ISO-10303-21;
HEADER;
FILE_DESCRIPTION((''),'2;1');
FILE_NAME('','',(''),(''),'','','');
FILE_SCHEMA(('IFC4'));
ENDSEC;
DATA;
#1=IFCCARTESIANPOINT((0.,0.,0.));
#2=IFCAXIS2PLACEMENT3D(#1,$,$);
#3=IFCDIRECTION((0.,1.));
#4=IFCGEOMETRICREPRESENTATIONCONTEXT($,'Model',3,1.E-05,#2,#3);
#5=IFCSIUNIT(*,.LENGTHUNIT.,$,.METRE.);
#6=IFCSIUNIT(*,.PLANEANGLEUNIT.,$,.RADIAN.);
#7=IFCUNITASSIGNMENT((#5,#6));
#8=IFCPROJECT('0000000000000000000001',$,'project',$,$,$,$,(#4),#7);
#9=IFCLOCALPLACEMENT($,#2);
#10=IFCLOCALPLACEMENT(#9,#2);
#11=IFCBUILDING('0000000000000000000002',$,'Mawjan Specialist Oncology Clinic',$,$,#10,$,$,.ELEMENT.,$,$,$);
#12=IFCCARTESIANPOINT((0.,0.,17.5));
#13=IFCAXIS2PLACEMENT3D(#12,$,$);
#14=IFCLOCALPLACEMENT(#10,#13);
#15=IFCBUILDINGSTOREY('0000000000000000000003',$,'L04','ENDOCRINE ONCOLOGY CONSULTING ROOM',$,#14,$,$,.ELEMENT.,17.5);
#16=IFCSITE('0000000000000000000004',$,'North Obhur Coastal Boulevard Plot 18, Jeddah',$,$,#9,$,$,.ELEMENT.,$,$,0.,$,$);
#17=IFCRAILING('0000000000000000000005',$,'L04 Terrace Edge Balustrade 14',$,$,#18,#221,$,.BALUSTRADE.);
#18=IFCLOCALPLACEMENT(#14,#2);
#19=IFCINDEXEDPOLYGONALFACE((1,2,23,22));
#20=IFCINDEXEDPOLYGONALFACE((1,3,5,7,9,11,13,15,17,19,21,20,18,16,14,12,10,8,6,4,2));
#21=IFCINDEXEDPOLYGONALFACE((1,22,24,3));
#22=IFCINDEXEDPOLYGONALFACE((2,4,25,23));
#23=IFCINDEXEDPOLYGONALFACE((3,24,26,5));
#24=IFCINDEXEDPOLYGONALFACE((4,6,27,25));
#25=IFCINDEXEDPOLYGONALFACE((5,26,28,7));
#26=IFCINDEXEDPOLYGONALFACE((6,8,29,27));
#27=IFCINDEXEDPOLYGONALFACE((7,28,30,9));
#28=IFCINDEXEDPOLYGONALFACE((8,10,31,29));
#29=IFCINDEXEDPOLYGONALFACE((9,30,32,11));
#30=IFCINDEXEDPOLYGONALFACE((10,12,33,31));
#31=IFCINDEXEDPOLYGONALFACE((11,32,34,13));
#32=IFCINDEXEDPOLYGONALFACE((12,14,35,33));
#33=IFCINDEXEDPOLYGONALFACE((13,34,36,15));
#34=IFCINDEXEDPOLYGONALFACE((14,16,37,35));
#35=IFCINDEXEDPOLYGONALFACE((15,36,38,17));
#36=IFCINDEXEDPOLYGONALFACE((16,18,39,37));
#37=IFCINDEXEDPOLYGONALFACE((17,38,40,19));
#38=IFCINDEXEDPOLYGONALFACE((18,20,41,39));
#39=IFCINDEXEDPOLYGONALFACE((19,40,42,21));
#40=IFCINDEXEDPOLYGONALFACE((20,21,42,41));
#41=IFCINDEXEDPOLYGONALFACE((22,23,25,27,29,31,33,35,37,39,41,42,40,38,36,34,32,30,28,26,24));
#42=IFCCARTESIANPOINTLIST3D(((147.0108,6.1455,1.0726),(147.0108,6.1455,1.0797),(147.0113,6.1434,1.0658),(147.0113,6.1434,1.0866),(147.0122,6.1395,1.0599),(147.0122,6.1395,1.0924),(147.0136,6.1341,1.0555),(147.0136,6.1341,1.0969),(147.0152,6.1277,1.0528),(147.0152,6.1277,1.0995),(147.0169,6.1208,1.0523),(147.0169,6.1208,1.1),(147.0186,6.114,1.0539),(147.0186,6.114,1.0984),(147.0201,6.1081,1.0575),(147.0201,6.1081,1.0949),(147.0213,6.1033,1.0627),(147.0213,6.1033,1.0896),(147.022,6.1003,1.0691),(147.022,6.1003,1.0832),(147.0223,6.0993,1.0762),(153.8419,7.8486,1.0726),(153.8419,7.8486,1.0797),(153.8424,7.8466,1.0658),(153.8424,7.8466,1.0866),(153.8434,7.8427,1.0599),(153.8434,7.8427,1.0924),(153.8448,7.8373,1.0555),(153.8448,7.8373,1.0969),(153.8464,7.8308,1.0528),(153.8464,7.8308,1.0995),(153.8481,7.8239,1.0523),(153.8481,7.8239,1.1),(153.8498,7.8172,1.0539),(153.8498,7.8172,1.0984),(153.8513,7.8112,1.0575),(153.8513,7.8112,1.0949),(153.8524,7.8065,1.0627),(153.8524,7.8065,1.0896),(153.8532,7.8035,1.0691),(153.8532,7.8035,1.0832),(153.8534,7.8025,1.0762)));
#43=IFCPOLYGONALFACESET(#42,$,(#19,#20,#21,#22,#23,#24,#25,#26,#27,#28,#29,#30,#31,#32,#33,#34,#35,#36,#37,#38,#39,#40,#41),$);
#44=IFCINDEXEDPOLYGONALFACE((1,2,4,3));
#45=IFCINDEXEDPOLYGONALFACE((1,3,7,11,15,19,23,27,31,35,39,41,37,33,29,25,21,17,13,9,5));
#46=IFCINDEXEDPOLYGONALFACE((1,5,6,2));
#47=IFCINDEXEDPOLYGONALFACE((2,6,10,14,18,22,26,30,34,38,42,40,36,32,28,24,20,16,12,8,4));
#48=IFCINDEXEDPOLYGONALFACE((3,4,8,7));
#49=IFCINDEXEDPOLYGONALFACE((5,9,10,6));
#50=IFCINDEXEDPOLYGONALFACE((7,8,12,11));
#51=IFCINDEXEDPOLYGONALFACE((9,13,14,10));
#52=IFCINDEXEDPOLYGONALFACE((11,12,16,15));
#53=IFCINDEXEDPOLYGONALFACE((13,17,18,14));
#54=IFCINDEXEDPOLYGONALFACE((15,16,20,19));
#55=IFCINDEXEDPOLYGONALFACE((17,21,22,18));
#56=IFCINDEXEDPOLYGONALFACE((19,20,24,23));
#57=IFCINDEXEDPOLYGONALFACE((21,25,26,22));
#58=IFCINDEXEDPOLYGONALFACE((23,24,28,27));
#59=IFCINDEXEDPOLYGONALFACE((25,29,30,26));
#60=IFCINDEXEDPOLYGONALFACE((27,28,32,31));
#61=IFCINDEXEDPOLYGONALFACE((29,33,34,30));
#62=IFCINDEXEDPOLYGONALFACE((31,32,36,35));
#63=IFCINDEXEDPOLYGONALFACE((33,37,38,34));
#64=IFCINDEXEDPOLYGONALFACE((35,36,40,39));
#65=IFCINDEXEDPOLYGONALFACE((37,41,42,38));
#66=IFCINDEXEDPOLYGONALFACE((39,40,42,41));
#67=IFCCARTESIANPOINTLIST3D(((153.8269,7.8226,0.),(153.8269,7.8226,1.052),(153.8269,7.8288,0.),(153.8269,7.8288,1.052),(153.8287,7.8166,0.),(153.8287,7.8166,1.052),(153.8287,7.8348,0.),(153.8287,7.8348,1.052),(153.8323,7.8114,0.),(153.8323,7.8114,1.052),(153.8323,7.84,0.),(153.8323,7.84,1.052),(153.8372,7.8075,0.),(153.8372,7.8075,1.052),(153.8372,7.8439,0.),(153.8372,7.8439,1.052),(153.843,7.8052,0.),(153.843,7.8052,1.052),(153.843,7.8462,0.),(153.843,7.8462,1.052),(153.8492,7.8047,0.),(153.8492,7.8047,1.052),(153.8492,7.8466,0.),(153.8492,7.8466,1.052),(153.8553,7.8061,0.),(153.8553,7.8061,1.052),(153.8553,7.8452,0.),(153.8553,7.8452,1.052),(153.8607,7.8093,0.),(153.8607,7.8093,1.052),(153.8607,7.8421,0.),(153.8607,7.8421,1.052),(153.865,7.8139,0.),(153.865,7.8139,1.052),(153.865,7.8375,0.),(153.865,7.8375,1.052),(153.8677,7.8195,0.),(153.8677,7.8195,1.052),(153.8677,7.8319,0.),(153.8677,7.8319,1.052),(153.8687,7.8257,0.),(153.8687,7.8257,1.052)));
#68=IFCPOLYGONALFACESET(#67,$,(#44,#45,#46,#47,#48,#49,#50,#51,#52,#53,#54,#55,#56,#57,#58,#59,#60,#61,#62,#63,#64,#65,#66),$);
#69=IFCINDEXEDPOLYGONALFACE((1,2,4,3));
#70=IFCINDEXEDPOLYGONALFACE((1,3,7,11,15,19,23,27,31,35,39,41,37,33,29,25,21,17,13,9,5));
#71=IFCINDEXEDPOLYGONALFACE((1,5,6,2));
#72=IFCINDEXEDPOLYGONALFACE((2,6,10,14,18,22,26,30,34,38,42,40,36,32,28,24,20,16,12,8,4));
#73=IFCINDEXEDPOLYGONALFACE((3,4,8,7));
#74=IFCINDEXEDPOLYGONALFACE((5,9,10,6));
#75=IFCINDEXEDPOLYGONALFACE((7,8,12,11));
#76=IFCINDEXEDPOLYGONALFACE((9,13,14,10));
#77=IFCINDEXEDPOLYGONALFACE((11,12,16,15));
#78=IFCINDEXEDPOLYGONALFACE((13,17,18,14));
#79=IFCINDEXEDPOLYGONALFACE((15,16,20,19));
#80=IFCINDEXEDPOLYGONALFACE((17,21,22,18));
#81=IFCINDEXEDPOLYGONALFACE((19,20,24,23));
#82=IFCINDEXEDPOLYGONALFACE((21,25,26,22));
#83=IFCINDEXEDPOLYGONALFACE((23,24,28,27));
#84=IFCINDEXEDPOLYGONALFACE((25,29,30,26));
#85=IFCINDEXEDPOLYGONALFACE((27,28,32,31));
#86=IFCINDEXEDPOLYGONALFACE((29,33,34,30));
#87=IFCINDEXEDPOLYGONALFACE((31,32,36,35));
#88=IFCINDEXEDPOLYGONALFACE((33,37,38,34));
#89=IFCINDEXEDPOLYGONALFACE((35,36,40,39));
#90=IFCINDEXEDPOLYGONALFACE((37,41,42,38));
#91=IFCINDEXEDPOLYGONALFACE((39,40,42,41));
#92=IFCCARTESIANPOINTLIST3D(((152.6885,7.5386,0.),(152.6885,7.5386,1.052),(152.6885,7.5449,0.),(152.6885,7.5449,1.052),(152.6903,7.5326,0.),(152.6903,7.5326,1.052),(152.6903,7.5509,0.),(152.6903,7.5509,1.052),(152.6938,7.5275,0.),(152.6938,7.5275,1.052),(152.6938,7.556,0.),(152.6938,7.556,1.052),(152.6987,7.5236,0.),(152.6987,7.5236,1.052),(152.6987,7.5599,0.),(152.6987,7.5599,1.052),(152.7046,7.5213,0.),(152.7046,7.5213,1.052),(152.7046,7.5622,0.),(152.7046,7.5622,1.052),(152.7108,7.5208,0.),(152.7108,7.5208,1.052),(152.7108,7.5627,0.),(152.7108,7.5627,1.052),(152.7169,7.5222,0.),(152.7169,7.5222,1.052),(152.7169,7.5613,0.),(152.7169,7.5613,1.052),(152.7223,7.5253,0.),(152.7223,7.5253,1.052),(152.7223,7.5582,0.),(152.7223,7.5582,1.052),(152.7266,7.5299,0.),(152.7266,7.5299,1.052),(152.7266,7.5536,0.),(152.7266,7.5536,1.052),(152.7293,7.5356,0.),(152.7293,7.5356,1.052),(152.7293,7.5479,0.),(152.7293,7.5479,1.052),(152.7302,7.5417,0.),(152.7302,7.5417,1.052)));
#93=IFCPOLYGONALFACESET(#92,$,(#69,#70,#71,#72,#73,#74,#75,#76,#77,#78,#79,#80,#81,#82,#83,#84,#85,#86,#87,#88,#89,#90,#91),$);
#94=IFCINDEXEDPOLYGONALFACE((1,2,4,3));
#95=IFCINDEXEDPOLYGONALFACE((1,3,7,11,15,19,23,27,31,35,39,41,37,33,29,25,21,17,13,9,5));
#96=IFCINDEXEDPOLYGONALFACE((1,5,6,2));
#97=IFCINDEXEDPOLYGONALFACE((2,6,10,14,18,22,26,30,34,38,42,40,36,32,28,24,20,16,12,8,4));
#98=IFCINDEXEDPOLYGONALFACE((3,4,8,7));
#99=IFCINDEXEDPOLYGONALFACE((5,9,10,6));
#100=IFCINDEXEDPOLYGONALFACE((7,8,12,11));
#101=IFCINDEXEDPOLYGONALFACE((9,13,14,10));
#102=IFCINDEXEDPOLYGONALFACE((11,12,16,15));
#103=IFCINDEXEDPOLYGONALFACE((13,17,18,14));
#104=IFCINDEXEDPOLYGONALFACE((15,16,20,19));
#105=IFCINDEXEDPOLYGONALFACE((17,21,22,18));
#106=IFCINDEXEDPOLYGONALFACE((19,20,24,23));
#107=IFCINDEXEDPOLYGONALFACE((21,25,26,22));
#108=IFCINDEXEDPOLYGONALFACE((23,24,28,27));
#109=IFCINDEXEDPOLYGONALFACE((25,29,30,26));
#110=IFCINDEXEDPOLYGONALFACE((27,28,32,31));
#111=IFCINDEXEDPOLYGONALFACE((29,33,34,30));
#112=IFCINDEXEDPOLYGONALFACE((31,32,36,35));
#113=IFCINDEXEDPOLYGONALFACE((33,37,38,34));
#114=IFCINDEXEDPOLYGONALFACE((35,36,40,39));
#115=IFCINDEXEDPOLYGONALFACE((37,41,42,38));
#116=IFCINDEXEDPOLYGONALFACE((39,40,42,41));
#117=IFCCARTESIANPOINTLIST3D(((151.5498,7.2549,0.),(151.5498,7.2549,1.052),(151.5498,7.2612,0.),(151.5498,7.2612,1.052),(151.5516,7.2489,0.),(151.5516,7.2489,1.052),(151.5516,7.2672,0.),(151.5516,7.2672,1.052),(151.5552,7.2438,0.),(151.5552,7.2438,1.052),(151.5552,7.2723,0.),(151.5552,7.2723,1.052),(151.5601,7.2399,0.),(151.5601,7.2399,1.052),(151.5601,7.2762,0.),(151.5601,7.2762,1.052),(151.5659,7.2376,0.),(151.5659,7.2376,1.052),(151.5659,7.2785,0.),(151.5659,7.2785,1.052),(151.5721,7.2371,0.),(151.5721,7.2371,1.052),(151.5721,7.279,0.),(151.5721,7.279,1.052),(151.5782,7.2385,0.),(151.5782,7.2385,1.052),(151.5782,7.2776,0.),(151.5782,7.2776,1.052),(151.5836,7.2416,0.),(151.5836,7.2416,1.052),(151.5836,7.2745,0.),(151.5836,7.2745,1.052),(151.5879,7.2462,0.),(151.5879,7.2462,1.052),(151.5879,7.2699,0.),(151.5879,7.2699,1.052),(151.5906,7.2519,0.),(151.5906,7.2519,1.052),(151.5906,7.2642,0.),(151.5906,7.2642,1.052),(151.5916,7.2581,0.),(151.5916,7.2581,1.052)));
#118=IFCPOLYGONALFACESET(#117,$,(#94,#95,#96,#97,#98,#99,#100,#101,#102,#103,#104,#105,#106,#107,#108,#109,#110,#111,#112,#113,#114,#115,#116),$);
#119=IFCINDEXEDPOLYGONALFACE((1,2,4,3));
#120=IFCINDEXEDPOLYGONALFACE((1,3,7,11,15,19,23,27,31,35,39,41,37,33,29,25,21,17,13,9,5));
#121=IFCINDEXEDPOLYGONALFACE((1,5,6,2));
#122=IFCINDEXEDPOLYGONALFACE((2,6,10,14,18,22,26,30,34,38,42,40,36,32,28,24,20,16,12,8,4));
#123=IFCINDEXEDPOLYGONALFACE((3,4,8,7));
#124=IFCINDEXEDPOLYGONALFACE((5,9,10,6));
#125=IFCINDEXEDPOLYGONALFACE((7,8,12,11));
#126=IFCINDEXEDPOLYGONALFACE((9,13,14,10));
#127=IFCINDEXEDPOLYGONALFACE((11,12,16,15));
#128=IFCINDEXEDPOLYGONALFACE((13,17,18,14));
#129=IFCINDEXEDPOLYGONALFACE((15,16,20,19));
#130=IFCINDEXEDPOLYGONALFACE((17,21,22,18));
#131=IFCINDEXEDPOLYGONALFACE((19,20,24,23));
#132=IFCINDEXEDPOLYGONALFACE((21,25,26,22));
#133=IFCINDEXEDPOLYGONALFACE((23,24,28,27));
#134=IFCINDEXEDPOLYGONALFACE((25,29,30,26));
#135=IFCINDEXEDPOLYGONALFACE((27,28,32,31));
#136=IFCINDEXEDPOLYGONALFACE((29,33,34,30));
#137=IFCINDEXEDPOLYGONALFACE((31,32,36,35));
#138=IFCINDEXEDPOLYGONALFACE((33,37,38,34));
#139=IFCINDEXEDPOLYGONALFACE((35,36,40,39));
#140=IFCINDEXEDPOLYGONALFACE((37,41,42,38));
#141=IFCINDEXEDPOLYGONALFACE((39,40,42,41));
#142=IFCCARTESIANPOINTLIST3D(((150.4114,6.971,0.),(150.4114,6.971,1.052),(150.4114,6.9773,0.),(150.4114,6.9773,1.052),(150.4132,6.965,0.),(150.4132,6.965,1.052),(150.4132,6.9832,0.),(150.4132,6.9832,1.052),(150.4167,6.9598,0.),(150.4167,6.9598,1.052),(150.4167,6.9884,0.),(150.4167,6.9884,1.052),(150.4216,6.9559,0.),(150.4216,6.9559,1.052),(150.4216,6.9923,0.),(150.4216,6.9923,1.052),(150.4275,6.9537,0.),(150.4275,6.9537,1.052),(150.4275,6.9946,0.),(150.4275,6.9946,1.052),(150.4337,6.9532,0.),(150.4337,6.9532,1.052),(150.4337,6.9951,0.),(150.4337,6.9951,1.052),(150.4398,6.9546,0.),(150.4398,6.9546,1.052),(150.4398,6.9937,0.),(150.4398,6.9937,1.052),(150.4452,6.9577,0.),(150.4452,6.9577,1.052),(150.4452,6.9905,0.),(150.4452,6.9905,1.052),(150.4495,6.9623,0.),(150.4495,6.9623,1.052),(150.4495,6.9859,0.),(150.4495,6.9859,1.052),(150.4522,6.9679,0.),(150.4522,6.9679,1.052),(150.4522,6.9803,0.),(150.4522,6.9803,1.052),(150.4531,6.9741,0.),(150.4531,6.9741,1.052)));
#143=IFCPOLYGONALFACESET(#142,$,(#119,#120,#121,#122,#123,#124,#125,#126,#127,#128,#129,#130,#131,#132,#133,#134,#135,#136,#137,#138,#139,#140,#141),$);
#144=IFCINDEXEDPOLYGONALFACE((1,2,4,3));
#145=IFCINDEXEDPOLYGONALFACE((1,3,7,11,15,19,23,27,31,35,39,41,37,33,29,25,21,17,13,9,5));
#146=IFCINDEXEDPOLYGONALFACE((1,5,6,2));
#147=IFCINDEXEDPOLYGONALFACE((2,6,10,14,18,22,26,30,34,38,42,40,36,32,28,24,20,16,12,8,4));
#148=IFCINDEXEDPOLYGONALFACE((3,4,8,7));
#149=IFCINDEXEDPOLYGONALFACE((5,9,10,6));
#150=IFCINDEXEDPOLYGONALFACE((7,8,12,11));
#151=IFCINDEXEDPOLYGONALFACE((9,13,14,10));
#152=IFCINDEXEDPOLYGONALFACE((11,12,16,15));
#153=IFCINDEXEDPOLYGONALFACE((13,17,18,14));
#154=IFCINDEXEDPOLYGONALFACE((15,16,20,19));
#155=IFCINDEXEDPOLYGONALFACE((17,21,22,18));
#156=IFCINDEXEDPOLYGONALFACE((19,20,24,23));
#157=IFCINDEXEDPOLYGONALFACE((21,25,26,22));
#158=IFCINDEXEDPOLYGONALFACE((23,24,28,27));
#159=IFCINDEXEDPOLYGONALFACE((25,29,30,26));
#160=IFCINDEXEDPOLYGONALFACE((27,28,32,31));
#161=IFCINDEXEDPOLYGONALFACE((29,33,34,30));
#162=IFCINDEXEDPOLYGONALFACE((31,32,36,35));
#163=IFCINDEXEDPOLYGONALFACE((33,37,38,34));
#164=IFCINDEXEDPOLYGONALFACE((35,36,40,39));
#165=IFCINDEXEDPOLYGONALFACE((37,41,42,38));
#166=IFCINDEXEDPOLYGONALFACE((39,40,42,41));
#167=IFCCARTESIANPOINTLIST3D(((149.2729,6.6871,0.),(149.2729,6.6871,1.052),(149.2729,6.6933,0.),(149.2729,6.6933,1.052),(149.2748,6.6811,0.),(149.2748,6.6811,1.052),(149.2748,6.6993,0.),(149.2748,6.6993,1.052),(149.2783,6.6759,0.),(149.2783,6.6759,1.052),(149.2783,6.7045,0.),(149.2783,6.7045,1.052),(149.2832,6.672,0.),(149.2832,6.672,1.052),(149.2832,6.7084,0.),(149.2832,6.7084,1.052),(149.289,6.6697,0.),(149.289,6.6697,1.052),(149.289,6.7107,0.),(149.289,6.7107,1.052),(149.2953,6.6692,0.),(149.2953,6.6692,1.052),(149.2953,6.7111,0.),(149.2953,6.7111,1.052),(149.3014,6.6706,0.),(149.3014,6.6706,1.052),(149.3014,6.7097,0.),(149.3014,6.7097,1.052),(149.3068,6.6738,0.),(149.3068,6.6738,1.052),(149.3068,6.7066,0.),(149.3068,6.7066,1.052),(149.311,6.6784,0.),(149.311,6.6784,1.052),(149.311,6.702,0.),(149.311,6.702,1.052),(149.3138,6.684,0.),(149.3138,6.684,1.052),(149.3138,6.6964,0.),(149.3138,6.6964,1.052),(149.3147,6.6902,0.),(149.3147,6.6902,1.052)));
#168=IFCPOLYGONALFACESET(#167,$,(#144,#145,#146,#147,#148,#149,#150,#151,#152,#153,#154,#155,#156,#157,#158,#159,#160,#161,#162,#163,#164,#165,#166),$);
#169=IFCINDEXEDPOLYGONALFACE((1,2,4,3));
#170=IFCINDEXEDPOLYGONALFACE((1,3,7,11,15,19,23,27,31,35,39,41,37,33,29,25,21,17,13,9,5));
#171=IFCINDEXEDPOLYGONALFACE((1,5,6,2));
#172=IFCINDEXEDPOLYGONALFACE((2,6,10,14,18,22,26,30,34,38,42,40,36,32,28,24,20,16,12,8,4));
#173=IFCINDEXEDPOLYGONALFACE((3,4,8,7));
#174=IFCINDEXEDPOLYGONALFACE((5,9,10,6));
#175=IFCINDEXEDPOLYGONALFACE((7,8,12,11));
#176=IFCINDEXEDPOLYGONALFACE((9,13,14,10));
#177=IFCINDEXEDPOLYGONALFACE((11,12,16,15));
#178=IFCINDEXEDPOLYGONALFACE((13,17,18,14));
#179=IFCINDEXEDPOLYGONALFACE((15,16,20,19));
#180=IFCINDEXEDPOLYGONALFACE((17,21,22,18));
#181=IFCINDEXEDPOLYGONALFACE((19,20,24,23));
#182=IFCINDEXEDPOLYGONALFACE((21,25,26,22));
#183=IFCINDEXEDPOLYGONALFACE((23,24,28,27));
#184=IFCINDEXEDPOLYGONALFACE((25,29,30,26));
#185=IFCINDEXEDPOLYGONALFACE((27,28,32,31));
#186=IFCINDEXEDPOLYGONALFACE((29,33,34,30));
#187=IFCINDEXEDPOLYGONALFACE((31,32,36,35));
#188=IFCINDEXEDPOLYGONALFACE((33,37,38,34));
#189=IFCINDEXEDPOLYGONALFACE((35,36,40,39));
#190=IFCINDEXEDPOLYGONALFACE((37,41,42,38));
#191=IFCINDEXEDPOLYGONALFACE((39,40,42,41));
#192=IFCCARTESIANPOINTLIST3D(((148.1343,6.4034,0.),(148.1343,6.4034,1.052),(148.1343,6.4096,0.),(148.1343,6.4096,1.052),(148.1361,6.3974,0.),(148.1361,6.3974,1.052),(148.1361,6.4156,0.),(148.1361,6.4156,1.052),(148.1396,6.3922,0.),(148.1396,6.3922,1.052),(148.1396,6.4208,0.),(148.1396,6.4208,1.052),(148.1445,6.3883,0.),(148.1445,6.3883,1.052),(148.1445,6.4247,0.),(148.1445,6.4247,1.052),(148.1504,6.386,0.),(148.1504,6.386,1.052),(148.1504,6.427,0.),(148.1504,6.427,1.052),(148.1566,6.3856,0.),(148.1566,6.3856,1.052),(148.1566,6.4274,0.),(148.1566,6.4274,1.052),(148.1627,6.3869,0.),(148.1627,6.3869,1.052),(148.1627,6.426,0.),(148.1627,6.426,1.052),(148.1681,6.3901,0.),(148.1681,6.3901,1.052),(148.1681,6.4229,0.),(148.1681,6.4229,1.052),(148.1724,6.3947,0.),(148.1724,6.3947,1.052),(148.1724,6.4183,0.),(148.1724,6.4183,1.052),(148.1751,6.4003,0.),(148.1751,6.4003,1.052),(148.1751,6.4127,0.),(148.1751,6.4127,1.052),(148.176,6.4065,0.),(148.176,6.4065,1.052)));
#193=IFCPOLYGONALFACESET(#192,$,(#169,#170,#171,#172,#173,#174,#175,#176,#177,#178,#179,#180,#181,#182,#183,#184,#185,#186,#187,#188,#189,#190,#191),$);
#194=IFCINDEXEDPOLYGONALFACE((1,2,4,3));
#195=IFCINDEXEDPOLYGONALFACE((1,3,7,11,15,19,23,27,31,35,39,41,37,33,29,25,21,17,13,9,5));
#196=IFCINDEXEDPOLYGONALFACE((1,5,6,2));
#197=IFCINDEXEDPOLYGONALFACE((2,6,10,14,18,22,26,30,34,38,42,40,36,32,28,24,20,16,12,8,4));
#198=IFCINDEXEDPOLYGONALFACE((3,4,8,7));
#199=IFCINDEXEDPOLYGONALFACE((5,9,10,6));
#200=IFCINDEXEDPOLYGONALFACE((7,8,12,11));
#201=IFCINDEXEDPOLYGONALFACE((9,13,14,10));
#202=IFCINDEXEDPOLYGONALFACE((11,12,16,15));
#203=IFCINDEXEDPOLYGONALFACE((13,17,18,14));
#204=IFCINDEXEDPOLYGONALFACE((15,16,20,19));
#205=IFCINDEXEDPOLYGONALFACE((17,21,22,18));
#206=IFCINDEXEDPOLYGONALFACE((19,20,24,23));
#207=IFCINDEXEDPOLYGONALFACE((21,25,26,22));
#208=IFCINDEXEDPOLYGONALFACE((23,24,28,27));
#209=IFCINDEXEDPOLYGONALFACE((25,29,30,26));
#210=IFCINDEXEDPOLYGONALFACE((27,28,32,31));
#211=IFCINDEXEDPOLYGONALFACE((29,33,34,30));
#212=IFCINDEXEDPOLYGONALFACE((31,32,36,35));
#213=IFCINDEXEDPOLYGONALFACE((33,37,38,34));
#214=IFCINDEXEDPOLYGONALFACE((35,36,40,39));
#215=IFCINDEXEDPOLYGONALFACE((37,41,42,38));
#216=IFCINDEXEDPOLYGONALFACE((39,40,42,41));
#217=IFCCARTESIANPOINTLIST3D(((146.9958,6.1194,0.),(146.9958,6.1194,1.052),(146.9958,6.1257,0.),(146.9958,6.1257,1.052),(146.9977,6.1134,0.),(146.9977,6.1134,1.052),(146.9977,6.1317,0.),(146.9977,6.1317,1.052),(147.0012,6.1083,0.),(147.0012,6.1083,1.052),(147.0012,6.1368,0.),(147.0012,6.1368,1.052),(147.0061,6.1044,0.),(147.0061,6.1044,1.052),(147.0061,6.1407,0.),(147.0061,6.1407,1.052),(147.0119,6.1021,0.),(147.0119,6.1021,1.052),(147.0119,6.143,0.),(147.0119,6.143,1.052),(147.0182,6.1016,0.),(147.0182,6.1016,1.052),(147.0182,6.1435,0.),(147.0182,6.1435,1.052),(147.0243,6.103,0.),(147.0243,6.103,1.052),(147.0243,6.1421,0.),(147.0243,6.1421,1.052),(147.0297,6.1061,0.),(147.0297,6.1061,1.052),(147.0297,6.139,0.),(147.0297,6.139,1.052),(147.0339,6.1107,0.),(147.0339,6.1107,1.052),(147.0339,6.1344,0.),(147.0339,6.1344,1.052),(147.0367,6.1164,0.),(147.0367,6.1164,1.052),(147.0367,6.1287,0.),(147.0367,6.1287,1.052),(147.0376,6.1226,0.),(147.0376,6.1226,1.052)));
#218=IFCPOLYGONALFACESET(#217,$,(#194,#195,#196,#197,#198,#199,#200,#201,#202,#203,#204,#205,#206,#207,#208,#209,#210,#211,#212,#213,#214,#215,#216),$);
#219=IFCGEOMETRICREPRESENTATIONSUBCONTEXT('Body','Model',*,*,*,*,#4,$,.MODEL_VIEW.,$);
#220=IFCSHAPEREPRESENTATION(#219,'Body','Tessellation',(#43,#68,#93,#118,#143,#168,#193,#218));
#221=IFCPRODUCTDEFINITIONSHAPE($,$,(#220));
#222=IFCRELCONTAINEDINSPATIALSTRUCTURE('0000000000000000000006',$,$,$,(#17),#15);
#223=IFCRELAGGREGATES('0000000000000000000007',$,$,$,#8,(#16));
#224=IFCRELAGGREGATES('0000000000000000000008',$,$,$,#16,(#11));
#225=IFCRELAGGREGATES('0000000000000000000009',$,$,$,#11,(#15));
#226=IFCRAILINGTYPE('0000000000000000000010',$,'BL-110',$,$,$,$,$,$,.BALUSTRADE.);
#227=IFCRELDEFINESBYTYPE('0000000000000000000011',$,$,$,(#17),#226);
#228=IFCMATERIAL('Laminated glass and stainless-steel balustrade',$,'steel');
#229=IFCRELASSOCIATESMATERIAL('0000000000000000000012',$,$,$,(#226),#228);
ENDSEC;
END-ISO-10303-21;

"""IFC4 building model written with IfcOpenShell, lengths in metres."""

from ifc_helpers import new_model, si_unit, direction, frame, origin, origin_2d, place, context, subcontext, project, spatial, circle, extrude, material, type_object, element, save


model = new_model("IFC4")

# Units and contexts
model_context = context("Model", 3, precision=1e-05, world=origin(), true_north=direction((0.0, 1.0)))
body_context = subcontext(model_context, "Body", "Model", "MODEL_VIEW")
ifc_project = project(units=[si_unit("LENGTHUNIT", "METRE"), si_unit("PLANEANGLEUNIT", "RADIAN")], contexts=[model_context])

# Site, building, storey
site_placement = place(None, origin())
site = spatial("IfcSite", under=ifc_project, at=site_placement, Name="North Obhur Coastal Boulevard Plot 18, Jeddah", CompositionType="ELEMENT", RefElevation=0.0)
building_placement = place(site_placement, origin())
building = spatial("IfcBuilding", under=site, at=building_placement, Name="Mawjan Specialist Oncology Clinic", CompositionType="ELEMENT")
storey_placement = place(building_placement, frame((0.0, 0.0, 17.5)))
storey = spatial("IfcBuildingStorey", under=building, at=storey_placement, Name="L04", Description="ENDOCRINE ONCOLOGY CONSULTING ROOM", CompositionType="ELEMENT", Elevation=17.5)

# Railing
ifc_material_1 = material(Name="Laminated glass and stainless-steel balustrade", Category="steel")
railing_type = type_object("IfcRailingType", Name="BL-110", PredefinedType="BALUSTRADE", material=ifc_material_1)
railing_placement = place(storey_placement, frame((153.8477, 7.8257, 0.0)))
element("IfcRailing", 1, at=railing_placement, inside=storey, type_object=railing_type, Name="L04 Terrace Edge Balustrade 14", PredefinedType="BALUSTRADE", context=body_context, shape_type="SweptSolid", body=[
    extrude(circle(Radius=0.0239, at=origin_2d()), frame((0.0, 0.0, 1.0762), z_axis=(-0.970297, -0.241915, 0.0), x_axis=(0.241915, -0.970297, 0.0)), (0.0, 0.0, 1.0), 7.0403),
    extrude(circle(Radius=0.021, at=origin_2d()), origin(), (0.0, 0.0, 1.0), 1.052),
    extrude(circle(Radius=0.021, at=origin_2d()), frame((-1.1384, -0.2839, 0.0)), (0.0, 0.0, 1.0), 1.052),
    extrude(circle(Radius=0.021, at=origin_2d()), frame((-2.2771, -0.5676, 0.0)), (0.0, 0.0, 1.0), 1.052),
    extrude(circle(Radius=0.021, at=origin_2d()), frame((-3.4155, -0.8516, 0.0)), (0.0, 0.0, 1.0), 1.052),
    extrude(circle(Radius=0.021, at=origin_2d()), frame((-4.554, -1.1355, 0.0)), (0.0, 0.0, 1.0), 1.052),
    extrude(circle(Radius=0.021, at=origin_2d()), frame((-5.6926, -1.4192, 0.0)), (0.0, 0.0, 1.0), 1.052),
    extrude(circle(Radius=0.021, at=origin_2d()), frame((-6.8311, -1.7031, 0.0)), (0.0, 0.0, 1.0), 1.052),
])

save(model, "model.ifc")
